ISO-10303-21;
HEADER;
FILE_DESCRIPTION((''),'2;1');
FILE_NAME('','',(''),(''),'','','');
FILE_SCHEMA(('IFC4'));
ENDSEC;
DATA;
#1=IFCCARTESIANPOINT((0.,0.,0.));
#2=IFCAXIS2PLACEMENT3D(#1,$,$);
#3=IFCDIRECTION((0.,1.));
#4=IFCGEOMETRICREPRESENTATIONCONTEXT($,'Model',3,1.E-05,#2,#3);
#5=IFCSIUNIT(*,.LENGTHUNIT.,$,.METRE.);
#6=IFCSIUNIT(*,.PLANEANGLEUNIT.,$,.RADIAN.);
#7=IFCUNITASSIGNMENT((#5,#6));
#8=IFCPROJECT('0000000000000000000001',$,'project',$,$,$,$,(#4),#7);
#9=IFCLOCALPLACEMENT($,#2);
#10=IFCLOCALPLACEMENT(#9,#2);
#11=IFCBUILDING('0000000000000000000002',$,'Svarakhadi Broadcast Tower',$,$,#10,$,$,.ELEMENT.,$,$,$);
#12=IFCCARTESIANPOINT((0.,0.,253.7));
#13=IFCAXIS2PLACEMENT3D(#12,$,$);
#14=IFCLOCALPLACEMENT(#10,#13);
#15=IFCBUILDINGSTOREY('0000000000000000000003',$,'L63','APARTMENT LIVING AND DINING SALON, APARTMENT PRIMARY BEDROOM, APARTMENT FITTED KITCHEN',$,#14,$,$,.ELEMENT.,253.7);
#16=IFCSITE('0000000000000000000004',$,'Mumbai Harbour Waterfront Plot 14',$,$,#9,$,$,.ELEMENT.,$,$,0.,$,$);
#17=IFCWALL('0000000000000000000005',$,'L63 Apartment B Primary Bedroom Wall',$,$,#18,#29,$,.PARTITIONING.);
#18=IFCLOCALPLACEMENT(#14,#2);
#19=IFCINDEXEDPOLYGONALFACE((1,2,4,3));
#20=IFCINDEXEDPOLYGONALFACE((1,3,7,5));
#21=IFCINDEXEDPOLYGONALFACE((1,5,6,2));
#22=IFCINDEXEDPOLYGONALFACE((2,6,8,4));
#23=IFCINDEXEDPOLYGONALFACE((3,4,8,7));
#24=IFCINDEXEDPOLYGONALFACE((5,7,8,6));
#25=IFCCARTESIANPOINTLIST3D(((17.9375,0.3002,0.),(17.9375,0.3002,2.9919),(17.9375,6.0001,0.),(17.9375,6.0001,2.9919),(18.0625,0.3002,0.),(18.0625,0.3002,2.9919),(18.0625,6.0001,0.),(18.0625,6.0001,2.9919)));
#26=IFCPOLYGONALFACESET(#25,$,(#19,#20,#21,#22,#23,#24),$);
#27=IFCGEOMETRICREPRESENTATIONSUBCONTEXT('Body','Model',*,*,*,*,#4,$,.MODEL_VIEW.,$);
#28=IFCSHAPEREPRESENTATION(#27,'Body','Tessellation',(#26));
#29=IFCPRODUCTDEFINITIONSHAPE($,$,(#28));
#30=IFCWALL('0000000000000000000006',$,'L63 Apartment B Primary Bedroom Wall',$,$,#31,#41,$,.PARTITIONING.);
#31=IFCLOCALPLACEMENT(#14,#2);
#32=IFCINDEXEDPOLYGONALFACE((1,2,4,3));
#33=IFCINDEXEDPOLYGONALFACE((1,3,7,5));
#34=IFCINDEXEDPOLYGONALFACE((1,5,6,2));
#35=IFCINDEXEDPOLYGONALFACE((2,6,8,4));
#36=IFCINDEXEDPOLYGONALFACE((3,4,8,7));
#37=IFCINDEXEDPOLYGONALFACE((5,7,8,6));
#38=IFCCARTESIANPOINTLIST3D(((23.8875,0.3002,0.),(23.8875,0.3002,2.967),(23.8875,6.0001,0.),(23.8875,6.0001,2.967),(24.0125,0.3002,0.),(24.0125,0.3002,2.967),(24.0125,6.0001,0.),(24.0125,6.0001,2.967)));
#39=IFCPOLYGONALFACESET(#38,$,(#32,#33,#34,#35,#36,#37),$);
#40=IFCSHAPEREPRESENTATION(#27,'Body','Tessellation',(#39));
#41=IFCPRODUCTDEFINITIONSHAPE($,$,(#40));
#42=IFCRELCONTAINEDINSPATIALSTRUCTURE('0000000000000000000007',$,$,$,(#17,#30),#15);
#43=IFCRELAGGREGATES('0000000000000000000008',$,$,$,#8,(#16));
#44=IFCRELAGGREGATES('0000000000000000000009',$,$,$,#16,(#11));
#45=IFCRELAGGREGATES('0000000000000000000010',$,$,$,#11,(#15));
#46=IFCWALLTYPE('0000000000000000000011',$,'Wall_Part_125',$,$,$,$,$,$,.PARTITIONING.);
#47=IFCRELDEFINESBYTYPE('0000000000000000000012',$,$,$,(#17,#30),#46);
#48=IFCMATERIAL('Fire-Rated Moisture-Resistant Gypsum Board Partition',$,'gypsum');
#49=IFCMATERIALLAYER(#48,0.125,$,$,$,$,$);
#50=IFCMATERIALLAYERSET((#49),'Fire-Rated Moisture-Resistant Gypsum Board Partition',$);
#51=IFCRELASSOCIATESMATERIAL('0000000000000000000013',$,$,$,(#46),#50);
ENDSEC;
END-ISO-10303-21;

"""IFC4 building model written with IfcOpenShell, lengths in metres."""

from ifc_helpers import new_model, si_unit, direction, frame, frame_2d, origin, place, context, subcontext, project, spatial, rectangle, extrude, material, layer, layer_set, type_object, element, save


model = new_model("IFC4")

# Units and contexts
model_context = context("Model", 3, precision=1e-05, world=origin(), true_north=direction((0.0, 1.0)))
body_context = subcontext(model_context, "Body", "Model", "MODEL_VIEW")
ifc_project = project(units=[si_unit("LENGTHUNIT", "METRE"), si_unit("PLANEANGLEUNIT", "RADIAN")], contexts=[model_context])

# Site, building, storey
site_placement = place(None, origin())
site = spatial("IfcSite", under=ifc_project, at=site_placement, Name="Mumbai Harbour Waterfront Plot 14", CompositionType="ELEMENT", RefElevation=0.0)
building_placement = place(site_placement, origin())
building = spatial("IfcBuilding", under=site, at=building_placement, Name="Svarakhadi Broadcast Tower", CompositionType="ELEMENT")
storey_placement = place(building_placement, frame((0.0, 0.0, 253.7)))
storey = spatial("IfcBuildingStorey", under=building, at=storey_placement, Name="L63", Description="APARTMENT LIVING AND DINING SALON, APARTMENT PRIMARY BEDROOM, APARTMENT FITTED KITCHEN", CompositionType="ELEMENT", Elevation=253.7)

# Walls
ifc_material_1 = material(Name="Fire-Rated Moisture-Resistant Gypsum Board Partition", Category="gypsum")
ifc_layer_1 = layer(ifc_material_1, 0.125)
ifc_layer_set_1 = layer_set([ifc_layer_1], Name="Fire-Rated Moisture-Resistant Gypsum Board Partition")
wall_type_1 = type_object("IfcWallType", Name="Wall_Part_125", PredefinedType="PARTITIONING", material=ifc_layer_set_1)
wall_1_placement = place(storey_placement, frame((18.0, 0.3, 0.0), z_axis=(0.0, 0.0, 1.0), x_axis=(0.0, 1.0, 0.0)))
element("IfcWall", 1, at=wall_1_placement, inside=storey, type_object=wall_type_1, Name="L63 Apartment B Primary Bedroom Wall", PredefinedType="PARTITIONING", context=body_context, shape_type="SweptSolid", body=[
    extrude(rectangle(XDim=5.7, YDim=0.125, at=frame_2d((2.8501, 0.0))), origin(), (0.0, 0.0, 1.0), 2.9919),
])
wall_2_placement = place(storey_placement, frame((23.95, 0.3, 0.0), z_axis=(0.0, 0.0, 1.0), x_axis=(0.0, 1.0, 0.0)))
element("IfcWall", 2, at=wall_2_placement, inside=storey, type_object=wall_type_1, Name="L63 Apartment B Primary Bedroom Wall", PredefinedType="PARTITIONING", context=body_context, shape_type="SweptSolid", body=[
    extrude(rectangle(XDim=5.7, YDim=0.125, at=frame_2d((2.8501, 0.0))), origin(), (0.0, 0.0, 1.0), 2.967),
])

save(model, "model.ifc")
